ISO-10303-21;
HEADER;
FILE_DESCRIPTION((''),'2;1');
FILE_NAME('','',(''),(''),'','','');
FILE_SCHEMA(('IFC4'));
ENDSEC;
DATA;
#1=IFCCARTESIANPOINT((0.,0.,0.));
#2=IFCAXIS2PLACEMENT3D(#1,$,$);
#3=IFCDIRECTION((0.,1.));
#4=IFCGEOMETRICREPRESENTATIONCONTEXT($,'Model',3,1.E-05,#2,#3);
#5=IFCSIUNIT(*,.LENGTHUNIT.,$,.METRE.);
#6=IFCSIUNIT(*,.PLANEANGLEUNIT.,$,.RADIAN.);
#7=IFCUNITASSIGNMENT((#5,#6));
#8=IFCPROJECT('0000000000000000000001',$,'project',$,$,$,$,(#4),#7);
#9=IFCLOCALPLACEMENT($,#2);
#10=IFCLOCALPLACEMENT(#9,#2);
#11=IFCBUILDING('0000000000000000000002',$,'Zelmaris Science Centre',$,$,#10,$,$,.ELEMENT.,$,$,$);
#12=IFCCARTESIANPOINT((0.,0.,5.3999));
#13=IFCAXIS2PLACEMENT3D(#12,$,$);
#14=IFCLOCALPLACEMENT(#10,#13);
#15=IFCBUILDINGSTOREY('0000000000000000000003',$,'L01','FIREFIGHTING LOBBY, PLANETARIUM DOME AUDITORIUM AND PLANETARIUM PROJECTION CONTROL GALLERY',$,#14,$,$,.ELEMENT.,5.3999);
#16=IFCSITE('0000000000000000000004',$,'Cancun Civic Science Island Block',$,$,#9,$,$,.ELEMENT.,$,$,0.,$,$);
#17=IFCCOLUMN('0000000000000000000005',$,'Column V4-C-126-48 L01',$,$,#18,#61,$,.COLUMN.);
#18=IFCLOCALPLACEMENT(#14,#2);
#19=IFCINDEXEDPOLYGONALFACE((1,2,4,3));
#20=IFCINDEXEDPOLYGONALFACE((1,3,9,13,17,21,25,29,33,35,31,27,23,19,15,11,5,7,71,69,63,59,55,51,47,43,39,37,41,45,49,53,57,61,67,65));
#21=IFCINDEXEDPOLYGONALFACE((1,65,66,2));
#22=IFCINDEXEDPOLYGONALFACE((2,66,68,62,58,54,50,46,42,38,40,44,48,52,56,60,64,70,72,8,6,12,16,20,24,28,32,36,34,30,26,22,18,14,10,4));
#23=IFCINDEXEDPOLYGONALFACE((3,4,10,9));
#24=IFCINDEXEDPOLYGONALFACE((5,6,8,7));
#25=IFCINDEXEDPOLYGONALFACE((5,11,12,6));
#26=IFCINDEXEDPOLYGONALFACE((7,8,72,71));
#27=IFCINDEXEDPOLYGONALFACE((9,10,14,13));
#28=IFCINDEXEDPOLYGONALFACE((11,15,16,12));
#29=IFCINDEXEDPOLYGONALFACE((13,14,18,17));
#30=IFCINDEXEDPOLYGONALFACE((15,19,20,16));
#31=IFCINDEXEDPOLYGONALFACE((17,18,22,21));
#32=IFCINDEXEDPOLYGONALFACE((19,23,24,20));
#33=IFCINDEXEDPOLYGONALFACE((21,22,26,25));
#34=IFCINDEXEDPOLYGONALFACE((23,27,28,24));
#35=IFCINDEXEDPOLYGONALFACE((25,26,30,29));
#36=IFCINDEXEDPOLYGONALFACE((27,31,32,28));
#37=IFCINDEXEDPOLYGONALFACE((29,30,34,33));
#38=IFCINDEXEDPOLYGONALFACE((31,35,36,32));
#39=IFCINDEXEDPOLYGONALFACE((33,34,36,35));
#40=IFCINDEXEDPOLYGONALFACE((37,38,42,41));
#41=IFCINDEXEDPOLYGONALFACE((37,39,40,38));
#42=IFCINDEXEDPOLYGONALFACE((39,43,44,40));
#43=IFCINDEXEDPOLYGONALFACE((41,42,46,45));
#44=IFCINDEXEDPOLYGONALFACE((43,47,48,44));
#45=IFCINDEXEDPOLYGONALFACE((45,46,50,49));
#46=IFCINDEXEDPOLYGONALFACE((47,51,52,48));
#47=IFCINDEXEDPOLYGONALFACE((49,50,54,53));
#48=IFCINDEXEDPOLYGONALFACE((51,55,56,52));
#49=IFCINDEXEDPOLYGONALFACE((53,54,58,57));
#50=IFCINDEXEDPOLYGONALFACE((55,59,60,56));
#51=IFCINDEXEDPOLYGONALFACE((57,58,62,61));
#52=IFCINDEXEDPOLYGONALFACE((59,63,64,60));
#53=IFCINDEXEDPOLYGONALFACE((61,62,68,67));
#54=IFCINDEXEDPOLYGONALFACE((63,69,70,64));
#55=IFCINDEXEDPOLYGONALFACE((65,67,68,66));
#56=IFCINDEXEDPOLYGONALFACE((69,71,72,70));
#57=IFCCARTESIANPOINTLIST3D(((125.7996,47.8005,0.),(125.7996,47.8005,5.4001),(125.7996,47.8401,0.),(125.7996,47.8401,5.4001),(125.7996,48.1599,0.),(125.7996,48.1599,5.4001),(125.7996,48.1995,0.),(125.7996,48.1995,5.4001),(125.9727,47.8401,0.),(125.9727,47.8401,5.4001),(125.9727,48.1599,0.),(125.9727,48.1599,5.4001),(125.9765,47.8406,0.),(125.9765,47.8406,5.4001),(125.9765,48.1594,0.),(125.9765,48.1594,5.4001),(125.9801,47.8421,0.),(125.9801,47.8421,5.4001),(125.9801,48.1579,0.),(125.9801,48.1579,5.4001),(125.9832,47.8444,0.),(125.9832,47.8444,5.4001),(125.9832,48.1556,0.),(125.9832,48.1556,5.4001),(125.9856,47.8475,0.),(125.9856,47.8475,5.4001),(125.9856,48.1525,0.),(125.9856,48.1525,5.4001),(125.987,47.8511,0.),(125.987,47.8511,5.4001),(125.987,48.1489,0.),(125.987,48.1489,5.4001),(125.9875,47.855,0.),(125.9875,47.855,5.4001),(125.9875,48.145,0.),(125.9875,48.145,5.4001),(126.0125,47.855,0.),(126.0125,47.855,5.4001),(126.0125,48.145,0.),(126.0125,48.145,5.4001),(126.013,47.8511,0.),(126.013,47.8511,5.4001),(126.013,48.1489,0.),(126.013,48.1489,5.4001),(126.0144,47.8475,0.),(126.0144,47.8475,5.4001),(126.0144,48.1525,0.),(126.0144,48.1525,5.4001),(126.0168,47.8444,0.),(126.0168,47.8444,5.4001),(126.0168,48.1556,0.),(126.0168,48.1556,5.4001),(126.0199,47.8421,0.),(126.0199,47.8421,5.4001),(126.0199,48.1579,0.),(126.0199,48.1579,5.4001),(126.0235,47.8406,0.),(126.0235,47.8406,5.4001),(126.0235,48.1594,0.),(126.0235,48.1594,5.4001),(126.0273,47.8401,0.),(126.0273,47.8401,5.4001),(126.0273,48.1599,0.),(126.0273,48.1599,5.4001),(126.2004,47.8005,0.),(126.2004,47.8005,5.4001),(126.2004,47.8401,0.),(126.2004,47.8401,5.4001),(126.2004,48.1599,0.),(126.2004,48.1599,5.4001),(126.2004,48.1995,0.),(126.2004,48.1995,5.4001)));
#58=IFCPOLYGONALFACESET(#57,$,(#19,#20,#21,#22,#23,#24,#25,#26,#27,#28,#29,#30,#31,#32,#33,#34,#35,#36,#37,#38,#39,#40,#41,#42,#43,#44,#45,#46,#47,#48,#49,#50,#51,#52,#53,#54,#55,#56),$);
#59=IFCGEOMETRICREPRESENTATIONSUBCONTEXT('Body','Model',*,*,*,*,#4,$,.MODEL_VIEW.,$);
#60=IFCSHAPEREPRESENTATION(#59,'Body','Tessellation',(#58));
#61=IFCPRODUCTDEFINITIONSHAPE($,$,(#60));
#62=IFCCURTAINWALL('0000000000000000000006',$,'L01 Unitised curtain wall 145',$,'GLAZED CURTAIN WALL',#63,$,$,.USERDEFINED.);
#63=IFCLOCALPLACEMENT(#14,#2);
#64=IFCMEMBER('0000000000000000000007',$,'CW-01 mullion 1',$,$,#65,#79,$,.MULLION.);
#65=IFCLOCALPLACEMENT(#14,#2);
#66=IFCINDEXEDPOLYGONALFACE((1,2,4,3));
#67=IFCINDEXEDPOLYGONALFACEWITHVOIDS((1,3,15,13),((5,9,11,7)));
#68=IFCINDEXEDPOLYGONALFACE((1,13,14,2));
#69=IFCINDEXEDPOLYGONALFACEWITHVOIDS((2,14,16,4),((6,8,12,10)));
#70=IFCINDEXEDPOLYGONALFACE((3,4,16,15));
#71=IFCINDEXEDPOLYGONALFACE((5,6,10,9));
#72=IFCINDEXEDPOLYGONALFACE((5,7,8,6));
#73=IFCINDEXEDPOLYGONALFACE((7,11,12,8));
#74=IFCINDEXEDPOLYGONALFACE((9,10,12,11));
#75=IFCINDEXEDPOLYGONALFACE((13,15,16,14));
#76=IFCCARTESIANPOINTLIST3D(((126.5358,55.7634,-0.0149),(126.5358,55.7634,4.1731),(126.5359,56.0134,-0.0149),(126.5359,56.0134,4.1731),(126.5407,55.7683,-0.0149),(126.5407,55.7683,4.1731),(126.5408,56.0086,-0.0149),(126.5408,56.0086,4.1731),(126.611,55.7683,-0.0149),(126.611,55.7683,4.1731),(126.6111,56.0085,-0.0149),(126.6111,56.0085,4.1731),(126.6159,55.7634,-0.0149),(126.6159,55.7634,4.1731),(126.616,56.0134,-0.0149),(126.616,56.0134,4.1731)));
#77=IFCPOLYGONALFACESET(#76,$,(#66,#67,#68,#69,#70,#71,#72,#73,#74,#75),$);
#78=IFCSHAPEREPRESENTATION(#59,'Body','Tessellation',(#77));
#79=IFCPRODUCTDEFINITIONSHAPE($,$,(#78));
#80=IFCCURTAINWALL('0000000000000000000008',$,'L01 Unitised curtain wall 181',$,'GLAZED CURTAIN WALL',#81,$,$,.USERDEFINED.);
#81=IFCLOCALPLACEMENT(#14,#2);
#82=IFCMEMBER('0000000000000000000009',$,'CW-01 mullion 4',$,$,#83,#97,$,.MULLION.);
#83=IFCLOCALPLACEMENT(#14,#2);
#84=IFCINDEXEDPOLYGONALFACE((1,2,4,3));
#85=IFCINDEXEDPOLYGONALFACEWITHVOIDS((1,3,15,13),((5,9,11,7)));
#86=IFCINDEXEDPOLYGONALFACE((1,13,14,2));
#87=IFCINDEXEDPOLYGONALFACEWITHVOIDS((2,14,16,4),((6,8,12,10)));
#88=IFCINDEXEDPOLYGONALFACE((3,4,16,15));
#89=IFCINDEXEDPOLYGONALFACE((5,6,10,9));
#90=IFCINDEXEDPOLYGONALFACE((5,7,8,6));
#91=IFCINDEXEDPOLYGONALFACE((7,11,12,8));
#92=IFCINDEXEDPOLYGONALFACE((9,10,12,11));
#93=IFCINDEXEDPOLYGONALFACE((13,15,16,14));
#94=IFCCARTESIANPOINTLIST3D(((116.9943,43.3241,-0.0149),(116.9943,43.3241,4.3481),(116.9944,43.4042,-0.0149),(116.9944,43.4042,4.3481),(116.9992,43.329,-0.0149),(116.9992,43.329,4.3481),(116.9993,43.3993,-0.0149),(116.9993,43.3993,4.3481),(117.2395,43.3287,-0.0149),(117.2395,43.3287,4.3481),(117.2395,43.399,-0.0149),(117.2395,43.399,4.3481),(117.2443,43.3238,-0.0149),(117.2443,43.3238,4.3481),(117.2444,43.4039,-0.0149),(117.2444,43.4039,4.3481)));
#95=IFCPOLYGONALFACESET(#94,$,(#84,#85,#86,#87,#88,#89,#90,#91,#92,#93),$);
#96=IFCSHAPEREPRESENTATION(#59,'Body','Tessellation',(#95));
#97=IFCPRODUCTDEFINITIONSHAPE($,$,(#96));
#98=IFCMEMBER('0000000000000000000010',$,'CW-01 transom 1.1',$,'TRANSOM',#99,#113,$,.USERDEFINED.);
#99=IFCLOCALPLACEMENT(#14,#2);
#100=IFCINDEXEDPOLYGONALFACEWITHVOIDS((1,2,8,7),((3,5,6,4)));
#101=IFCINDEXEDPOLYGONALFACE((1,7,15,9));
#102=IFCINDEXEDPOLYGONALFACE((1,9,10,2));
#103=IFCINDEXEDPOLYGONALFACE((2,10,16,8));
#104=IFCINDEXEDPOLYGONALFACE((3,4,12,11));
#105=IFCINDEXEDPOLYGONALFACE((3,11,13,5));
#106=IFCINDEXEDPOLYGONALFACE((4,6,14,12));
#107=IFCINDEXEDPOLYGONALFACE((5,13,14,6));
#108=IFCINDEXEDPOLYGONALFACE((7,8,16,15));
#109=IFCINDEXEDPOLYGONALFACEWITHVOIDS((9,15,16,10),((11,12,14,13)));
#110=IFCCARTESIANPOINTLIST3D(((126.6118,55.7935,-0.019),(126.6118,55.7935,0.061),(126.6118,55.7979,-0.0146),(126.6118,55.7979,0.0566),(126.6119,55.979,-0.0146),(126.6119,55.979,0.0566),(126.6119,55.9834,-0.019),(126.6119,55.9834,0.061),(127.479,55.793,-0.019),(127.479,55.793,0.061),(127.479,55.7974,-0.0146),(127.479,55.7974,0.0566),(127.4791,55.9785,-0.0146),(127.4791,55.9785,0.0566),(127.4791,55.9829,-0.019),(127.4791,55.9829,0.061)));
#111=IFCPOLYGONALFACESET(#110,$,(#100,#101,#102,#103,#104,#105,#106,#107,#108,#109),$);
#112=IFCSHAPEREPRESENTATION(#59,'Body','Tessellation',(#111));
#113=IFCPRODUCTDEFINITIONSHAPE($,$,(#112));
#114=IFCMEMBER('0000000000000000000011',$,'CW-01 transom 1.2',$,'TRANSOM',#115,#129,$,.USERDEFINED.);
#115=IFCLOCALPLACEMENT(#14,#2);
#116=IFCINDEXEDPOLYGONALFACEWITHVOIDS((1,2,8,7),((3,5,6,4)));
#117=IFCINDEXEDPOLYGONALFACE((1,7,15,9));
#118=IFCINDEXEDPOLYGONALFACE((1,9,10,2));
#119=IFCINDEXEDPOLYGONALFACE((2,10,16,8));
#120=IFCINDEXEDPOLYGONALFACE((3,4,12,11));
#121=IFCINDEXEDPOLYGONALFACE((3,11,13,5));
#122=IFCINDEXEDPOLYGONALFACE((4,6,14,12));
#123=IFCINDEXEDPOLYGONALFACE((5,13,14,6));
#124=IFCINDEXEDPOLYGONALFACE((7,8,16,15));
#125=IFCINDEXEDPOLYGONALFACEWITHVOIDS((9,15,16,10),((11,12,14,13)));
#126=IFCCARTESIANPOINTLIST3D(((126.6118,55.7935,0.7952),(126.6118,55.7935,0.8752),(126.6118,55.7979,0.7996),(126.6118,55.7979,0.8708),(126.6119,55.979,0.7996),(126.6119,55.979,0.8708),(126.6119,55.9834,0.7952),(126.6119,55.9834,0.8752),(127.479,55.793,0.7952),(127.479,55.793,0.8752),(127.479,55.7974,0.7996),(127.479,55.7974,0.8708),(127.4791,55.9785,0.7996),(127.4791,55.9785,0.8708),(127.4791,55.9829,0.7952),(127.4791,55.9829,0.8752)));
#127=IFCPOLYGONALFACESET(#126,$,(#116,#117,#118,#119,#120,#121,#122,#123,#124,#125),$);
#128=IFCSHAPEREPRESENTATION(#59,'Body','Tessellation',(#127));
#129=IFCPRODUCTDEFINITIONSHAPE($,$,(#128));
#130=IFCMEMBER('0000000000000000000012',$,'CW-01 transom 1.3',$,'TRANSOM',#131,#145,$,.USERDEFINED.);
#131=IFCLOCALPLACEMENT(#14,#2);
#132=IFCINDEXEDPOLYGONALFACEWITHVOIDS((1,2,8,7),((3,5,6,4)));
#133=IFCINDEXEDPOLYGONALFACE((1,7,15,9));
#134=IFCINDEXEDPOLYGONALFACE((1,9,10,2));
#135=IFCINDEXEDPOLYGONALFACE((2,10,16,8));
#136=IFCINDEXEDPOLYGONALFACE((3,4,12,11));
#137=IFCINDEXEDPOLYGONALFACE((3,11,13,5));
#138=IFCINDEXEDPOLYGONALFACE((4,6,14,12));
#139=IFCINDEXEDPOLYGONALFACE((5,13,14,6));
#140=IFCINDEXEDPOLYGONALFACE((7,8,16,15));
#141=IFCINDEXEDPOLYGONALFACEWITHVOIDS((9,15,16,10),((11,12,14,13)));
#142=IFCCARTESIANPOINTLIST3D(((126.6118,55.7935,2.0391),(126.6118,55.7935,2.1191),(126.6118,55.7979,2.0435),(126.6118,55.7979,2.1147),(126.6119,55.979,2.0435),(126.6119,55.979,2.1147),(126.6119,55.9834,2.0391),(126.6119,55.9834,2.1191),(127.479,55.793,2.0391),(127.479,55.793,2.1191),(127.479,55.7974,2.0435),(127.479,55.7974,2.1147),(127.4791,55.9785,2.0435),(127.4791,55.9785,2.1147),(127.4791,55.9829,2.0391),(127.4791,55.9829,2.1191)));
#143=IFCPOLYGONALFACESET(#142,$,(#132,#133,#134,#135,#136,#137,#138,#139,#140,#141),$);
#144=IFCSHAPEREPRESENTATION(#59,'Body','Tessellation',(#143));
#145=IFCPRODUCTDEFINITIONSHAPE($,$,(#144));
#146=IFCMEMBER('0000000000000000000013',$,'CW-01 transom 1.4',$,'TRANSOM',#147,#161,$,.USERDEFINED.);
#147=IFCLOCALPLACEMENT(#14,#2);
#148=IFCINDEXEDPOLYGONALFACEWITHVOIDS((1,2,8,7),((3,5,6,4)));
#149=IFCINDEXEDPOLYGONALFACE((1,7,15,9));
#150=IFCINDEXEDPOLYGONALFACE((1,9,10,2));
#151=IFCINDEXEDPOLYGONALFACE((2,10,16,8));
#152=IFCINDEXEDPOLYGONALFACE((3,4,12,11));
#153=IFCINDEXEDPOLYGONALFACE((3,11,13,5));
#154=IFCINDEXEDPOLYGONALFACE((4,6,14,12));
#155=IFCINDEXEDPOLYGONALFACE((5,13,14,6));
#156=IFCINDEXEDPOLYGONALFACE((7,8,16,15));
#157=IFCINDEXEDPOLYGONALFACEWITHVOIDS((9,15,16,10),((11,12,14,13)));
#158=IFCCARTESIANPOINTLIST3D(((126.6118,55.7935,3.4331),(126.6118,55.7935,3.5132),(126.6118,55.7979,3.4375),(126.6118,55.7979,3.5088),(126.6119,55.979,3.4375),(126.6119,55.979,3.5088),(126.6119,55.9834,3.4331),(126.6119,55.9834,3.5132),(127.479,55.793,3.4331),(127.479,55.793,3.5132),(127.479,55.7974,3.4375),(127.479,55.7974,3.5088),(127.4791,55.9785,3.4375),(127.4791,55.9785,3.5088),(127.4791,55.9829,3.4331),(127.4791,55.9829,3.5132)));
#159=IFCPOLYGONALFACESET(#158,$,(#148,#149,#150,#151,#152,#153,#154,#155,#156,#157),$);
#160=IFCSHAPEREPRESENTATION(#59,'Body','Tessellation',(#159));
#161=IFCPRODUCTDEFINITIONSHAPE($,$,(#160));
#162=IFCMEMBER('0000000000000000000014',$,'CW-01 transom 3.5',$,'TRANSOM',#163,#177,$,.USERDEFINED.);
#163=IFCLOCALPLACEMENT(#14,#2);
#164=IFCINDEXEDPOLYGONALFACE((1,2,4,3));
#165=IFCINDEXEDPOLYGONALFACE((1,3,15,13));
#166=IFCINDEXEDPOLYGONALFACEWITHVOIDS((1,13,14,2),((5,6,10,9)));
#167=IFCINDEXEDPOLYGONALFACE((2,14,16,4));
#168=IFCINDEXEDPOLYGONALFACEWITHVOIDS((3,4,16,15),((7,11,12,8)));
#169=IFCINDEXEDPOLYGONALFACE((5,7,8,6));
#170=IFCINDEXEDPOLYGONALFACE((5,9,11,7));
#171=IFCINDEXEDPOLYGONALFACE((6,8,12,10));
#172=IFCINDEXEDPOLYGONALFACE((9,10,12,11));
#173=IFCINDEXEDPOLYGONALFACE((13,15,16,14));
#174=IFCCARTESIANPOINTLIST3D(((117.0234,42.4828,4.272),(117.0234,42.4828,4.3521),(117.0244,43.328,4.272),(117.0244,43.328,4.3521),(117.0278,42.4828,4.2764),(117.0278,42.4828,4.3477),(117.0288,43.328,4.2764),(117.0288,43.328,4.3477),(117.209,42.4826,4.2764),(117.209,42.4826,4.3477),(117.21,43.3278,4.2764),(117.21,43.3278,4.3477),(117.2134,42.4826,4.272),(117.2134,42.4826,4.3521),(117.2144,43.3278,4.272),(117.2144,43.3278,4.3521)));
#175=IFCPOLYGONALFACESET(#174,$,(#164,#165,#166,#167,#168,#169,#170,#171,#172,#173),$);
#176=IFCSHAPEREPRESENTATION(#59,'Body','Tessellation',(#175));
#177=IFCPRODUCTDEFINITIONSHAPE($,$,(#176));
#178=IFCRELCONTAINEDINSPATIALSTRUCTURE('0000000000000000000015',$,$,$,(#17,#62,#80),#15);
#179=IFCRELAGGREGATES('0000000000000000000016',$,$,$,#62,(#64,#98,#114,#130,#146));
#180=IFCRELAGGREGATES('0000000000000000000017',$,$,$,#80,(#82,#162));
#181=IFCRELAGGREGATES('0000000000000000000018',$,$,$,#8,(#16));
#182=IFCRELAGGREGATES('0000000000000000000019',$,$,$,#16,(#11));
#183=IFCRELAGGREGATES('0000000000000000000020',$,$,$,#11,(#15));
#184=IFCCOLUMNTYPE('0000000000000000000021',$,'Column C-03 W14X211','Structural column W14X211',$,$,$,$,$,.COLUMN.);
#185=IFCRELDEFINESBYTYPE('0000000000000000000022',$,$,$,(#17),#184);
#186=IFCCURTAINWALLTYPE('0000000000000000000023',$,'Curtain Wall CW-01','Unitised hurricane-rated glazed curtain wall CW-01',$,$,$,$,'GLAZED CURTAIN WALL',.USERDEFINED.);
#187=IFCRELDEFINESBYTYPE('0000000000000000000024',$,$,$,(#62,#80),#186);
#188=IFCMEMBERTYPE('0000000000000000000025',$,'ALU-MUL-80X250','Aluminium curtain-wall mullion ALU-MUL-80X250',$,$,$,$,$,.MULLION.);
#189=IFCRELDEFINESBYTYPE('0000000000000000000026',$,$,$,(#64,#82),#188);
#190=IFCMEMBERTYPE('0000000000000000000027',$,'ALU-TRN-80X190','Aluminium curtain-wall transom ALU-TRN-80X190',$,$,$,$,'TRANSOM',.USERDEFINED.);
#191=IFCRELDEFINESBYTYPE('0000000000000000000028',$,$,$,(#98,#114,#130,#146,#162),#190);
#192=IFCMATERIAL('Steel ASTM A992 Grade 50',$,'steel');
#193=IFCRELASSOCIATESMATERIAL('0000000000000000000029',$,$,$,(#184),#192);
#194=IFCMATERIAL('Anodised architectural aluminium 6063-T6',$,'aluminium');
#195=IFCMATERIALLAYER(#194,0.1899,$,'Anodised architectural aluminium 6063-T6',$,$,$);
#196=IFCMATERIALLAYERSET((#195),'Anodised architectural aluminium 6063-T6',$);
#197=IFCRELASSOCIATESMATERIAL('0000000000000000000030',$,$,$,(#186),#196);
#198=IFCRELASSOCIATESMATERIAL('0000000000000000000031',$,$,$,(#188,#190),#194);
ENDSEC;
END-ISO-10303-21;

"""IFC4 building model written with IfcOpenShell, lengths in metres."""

from ifc_helpers import new_model, si_unit, direction, frame, origin, origin_2d, place, context, subcontext, project, spatial, hollow_rectangle, i_section, extrude, material, layer, layer_set, material_profile, profile_set, type_object, element, aggregate, save


model = new_model("IFC4")

# Units and contexts
model_context = context("Model", 3, precision=1e-05, world=origin(), true_north=direction((0.0, 1.0)))
body_context = subcontext(model_context, "Body", "Model", "MODEL_VIEW")
ifc_project = project(units=[si_unit("LENGTHUNIT", "METRE"), si_unit("PLANEANGLEUNIT", "RADIAN")], contexts=[model_context])

# Site, building, storey
site_placement = place(None, origin())
site = spatial("IfcSite", under=ifc_project, at=site_placement, Name="Cancun Civic Science Island Block", CompositionType="ELEMENT", RefElevation=0.0)
building_placement = place(site_placement, origin())
building = spatial("IfcBuilding", under=site, at=building_placement, Name="Zelmaris Science Centre", CompositionType="ELEMENT")
storey_placement = place(building_placement, frame((0.0, 0.0, 5.3999)))
storey = spatial("IfcBuildingStorey", under=building, at=storey_placement, Name="L01", Description="FIREFIGHTING LOBBY, PLANETARIUM DOME AUDITORIUM AND PLANETARIUM PROJECTION CONTROL GALLERY", CompositionType="ELEMENT", Elevation=5.3999)

# Column
ifc_material_1 = material(Name="Steel ASTM A992 Grade 50", Category="steel")
ifc_material_profile_1 = material_profile(ifc_material_1, i_section(OverallWidth=0.4009, OverallDepth=0.3989, WebThickness=0.0249, FlangeThickness=0.0396, FilletRadius=0.0149, at=origin_2d()), Name="W14X211")
ifc_profile_set_1 = profile_set([ifc_material_profile_1], Name="Steel ASTM A992 Grade 50")
column_type = type_object("IfcColumnType", Name="Column C-03 W14X211", Description="Structural column W14X211", PredefinedType="COLUMN", material=ifc_profile_set_1)
column_placement = place(storey_placement, frame((126.0, 48.0, 0.0), z_axis=(0.0, 0.0, 1.0), x_axis=(1.0, 0.0, 0.0)))
element("IfcColumn", 1, at=column_placement, inside=storey, type_object=column_type, Name="Column V4-C-126-48 L01", PredefinedType="COLUMN", context=body_context, shape_type="SweptSolid", body=[
    extrude(i_section(OverallWidth=0.4009, OverallDepth=0.3989, WebThickness=0.0249, FlangeThickness=0.0396, FilletRadius=0.0149, at=origin_2d()), origin(), (0.0, 0.0, 1.0), 5.4001),
])

# Curtain walls, members
ifc_material_2 = material(Name="Anodised architectural aluminium 6063-T6", Category="aluminium")
ifc_layer_1 = layer(ifc_material_2, 0.1899, Name="Anodised architectural aluminium 6063-T6")
ifc_layer_set_1 = layer_set([ifc_layer_1], Name="Anodised architectural aluminium 6063-T6")
curtain_wall_type = type_object("IfcCurtainWallType", Name="Curtain Wall CW-01", Description="Unitised hurricane-rated glazed curtain wall CW-01", ElementType="GLAZED CURTAIN WALL", PredefinedType="USERDEFINED", material=ifc_layer_set_1)
curtain_wall_1_placement = place(storey_placement, origin())
curtain_wall_1 = element("IfcCurtainWall", 2, at=curtain_wall_1_placement, inside=storey, type_object=curtain_wall_type, Name="L01 Unitised curtain wall 145", ObjectType="GLAZED CURTAIN WALL", PredefinedType="USERDEFINED")
ifc_material_profile_2 = material_profile(ifc_material_2, hollow_rectangle(XDim=0.0801, YDim=0.25, WallThickness=0.0049, at=origin_2d()), Name="ALU-MUL-80X250")
ifc_profile_set_2 = profile_set([ifc_material_profile_2], Name="Anodised architectural aluminium 6063-T6")
member_type_1 = type_object("IfcMemberType", Name="ALU-MUL-80X250", Description="Aluminium curtain-wall mullion ALU-MUL-80X250", PredefinedType="MULLION", material=ifc_profile_set_2)
member_1_placement = place(storey_placement, frame((126.5759, 55.8884, -0.0149), z_axis=(0.0, 0.0, 1.0), x_axis=(1.0, -0.000489, 0.0)))
member_1 = element("IfcMember", 3, at=member_1_placement, type_object=member_type_1, Name="CW-01 mullion 1", PredefinedType="MULLION", context=body_context, shape_type="SweptSolid", body=[
    extrude(hollow_rectangle(XDim=0.0801, YDim=0.25, WallThickness=0.0049, at=origin_2d()), origin(), (0.0, 0.0, 1.0), 4.188),
])
curtain_wall_2_placement = place(storey_placement, origin())
curtain_wall_2 = element("IfcCurtainWall", 4, at=curtain_wall_2_placement, inside=storey, type_object=curtain_wall_type, Name="L01 Unitised curtain wall 181", ObjectType="GLAZED CURTAIN WALL", PredefinedType="USERDEFINED")
member_2_placement = place(storey_placement, frame((117.1194, 43.364, -0.0149), z_axis=(0.0, 0.0, 1.0), x_axis=(0.001019, 0.999999, 0.0)))
member_2 = element("IfcMember", 5, at=member_2_placement, type_object=member_type_1, Name="CW-01 mullion 4", PredefinedType="MULLION", context=body_context, shape_type="SweptSolid", body=[
    extrude(hollow_rectangle(XDim=0.0801, YDim=0.25, WallThickness=0.0049, at=origin_2d()), origin(), (0.0, 0.0, 1.0), 4.363),
])

# Members
ifc_material_profile_3 = material_profile(ifc_material_2, hollow_rectangle(XDim=0.0801, YDim=0.1899, WallThickness=0.0044, at=origin_2d()), Name="ALU-TRN-80X190")
ifc_profile_set_3 = profile_set([ifc_material_profile_3], Name="Anodised architectural aluminium 6063-T6")
member_type_2 = type_object("IfcMemberType", Name="ALU-TRN-80X190", Description="Aluminium curtain-wall transom ALU-TRN-80X190", ElementType="TRANSOM", PredefinedType="USERDEFINED", material=ifc_profile_set_3)
member_3_placement = place(storey_placement, frame((126.6118, 55.8884, 0.021), z_axis=(1.0, -0.000563, 0.0), x_axis=(0.0, 0.0, 1.0)))
member_3 = element("IfcMember", 6, at=member_3_placement, type_object=member_type_2, Name="CW-01 transom 1.1", ObjectType="TRANSOM", PredefinedType="USERDEFINED", context=body_context, shape_type="SweptSolid", body=[
    extrude(hollow_rectangle(XDim=0.0801, YDim=0.1899, WallThickness=0.0044, at=origin_2d()), origin(), (0.0, 0.0, 1.0), 0.8672),
])
member_4_placement = place(storey_placement, frame((126.6118, 55.8884, 0.8352), z_axis=(1.0, -0.000563, 0.0), x_axis=(0.0, 0.0, 1.0)))
member_4 = element("IfcMember", 7, at=member_4_placement, type_object=member_type_2, Name="CW-01 transom 1.2", ObjectType="TRANSOM", PredefinedType="USERDEFINED", context=body_context, shape_type="SweptSolid", body=[
    extrude(hollow_rectangle(XDim=0.0801, YDim=0.1899, WallThickness=0.0044, at=origin_2d()), origin(), (0.0, 0.0, 1.0), 0.8672),
])
member_5_placement = place(storey_placement, frame((126.6118, 55.8884, 2.0791), z_axis=(1.0, -0.000563, 0.0), x_axis=(0.0, 0.0, 1.0)))
member_5 = element("IfcMember", 8, at=member_5_placement, type_object=member_type_2, Name="CW-01 transom 1.3", ObjectType="TRANSOM", PredefinedType="USERDEFINED", context=body_context, shape_type="SweptSolid", body=[
    extrude(hollow_rectangle(XDim=0.0801, YDim=0.1899, WallThickness=0.0044, at=origin_2d()), origin(), (0.0, 0.0, 1.0), 0.8672),
])
member_6_placement = place(storey_placement, frame((126.6118, 55.8884, 3.4731), z_axis=(1.0, -0.000563, 0.0), x_axis=(0.0, 0.0, 1.0)))
member_6 = element("IfcMember", 9, at=member_6_placement, type_object=member_type_2, Name="CW-01 transom 1.4", ObjectType="TRANSOM", PredefinedType="USERDEFINED", context=body_context, shape_type="SweptSolid", body=[
    extrude(hollow_rectangle(XDim=0.0801, YDim=0.1899, WallThickness=0.0044, at=origin_2d()), origin(), (0.0, 0.0, 1.0), 0.8672),
])
member_7_placement = place(storey_placement, frame((117.1184, 42.4827, 4.312), z_axis=(0.001155, 0.999999, 0.0), x_axis=(0.0, 0.0, 1.0)))
member_7 = element("IfcMember", 10, at=member_7_placement, type_object=member_type_2, Name="CW-01 transom 3.5", ObjectType="TRANSOM", PredefinedType="USERDEFINED", context=body_context, shape_type="SweptSolid", body=[
    extrude(hollow_rectangle(XDim=0.0801, YDim=0.1899, WallThickness=0.0044, at=origin_2d()), origin(), (0.0, 0.0, 1.0), 0.8452),
])

aggregate(curtain_wall_1, [member_1, member_3, member_4, member_5, member_6])
aggregate(curtain_wall_2, [member_2, member_7])

save(model, "model.ifc")
